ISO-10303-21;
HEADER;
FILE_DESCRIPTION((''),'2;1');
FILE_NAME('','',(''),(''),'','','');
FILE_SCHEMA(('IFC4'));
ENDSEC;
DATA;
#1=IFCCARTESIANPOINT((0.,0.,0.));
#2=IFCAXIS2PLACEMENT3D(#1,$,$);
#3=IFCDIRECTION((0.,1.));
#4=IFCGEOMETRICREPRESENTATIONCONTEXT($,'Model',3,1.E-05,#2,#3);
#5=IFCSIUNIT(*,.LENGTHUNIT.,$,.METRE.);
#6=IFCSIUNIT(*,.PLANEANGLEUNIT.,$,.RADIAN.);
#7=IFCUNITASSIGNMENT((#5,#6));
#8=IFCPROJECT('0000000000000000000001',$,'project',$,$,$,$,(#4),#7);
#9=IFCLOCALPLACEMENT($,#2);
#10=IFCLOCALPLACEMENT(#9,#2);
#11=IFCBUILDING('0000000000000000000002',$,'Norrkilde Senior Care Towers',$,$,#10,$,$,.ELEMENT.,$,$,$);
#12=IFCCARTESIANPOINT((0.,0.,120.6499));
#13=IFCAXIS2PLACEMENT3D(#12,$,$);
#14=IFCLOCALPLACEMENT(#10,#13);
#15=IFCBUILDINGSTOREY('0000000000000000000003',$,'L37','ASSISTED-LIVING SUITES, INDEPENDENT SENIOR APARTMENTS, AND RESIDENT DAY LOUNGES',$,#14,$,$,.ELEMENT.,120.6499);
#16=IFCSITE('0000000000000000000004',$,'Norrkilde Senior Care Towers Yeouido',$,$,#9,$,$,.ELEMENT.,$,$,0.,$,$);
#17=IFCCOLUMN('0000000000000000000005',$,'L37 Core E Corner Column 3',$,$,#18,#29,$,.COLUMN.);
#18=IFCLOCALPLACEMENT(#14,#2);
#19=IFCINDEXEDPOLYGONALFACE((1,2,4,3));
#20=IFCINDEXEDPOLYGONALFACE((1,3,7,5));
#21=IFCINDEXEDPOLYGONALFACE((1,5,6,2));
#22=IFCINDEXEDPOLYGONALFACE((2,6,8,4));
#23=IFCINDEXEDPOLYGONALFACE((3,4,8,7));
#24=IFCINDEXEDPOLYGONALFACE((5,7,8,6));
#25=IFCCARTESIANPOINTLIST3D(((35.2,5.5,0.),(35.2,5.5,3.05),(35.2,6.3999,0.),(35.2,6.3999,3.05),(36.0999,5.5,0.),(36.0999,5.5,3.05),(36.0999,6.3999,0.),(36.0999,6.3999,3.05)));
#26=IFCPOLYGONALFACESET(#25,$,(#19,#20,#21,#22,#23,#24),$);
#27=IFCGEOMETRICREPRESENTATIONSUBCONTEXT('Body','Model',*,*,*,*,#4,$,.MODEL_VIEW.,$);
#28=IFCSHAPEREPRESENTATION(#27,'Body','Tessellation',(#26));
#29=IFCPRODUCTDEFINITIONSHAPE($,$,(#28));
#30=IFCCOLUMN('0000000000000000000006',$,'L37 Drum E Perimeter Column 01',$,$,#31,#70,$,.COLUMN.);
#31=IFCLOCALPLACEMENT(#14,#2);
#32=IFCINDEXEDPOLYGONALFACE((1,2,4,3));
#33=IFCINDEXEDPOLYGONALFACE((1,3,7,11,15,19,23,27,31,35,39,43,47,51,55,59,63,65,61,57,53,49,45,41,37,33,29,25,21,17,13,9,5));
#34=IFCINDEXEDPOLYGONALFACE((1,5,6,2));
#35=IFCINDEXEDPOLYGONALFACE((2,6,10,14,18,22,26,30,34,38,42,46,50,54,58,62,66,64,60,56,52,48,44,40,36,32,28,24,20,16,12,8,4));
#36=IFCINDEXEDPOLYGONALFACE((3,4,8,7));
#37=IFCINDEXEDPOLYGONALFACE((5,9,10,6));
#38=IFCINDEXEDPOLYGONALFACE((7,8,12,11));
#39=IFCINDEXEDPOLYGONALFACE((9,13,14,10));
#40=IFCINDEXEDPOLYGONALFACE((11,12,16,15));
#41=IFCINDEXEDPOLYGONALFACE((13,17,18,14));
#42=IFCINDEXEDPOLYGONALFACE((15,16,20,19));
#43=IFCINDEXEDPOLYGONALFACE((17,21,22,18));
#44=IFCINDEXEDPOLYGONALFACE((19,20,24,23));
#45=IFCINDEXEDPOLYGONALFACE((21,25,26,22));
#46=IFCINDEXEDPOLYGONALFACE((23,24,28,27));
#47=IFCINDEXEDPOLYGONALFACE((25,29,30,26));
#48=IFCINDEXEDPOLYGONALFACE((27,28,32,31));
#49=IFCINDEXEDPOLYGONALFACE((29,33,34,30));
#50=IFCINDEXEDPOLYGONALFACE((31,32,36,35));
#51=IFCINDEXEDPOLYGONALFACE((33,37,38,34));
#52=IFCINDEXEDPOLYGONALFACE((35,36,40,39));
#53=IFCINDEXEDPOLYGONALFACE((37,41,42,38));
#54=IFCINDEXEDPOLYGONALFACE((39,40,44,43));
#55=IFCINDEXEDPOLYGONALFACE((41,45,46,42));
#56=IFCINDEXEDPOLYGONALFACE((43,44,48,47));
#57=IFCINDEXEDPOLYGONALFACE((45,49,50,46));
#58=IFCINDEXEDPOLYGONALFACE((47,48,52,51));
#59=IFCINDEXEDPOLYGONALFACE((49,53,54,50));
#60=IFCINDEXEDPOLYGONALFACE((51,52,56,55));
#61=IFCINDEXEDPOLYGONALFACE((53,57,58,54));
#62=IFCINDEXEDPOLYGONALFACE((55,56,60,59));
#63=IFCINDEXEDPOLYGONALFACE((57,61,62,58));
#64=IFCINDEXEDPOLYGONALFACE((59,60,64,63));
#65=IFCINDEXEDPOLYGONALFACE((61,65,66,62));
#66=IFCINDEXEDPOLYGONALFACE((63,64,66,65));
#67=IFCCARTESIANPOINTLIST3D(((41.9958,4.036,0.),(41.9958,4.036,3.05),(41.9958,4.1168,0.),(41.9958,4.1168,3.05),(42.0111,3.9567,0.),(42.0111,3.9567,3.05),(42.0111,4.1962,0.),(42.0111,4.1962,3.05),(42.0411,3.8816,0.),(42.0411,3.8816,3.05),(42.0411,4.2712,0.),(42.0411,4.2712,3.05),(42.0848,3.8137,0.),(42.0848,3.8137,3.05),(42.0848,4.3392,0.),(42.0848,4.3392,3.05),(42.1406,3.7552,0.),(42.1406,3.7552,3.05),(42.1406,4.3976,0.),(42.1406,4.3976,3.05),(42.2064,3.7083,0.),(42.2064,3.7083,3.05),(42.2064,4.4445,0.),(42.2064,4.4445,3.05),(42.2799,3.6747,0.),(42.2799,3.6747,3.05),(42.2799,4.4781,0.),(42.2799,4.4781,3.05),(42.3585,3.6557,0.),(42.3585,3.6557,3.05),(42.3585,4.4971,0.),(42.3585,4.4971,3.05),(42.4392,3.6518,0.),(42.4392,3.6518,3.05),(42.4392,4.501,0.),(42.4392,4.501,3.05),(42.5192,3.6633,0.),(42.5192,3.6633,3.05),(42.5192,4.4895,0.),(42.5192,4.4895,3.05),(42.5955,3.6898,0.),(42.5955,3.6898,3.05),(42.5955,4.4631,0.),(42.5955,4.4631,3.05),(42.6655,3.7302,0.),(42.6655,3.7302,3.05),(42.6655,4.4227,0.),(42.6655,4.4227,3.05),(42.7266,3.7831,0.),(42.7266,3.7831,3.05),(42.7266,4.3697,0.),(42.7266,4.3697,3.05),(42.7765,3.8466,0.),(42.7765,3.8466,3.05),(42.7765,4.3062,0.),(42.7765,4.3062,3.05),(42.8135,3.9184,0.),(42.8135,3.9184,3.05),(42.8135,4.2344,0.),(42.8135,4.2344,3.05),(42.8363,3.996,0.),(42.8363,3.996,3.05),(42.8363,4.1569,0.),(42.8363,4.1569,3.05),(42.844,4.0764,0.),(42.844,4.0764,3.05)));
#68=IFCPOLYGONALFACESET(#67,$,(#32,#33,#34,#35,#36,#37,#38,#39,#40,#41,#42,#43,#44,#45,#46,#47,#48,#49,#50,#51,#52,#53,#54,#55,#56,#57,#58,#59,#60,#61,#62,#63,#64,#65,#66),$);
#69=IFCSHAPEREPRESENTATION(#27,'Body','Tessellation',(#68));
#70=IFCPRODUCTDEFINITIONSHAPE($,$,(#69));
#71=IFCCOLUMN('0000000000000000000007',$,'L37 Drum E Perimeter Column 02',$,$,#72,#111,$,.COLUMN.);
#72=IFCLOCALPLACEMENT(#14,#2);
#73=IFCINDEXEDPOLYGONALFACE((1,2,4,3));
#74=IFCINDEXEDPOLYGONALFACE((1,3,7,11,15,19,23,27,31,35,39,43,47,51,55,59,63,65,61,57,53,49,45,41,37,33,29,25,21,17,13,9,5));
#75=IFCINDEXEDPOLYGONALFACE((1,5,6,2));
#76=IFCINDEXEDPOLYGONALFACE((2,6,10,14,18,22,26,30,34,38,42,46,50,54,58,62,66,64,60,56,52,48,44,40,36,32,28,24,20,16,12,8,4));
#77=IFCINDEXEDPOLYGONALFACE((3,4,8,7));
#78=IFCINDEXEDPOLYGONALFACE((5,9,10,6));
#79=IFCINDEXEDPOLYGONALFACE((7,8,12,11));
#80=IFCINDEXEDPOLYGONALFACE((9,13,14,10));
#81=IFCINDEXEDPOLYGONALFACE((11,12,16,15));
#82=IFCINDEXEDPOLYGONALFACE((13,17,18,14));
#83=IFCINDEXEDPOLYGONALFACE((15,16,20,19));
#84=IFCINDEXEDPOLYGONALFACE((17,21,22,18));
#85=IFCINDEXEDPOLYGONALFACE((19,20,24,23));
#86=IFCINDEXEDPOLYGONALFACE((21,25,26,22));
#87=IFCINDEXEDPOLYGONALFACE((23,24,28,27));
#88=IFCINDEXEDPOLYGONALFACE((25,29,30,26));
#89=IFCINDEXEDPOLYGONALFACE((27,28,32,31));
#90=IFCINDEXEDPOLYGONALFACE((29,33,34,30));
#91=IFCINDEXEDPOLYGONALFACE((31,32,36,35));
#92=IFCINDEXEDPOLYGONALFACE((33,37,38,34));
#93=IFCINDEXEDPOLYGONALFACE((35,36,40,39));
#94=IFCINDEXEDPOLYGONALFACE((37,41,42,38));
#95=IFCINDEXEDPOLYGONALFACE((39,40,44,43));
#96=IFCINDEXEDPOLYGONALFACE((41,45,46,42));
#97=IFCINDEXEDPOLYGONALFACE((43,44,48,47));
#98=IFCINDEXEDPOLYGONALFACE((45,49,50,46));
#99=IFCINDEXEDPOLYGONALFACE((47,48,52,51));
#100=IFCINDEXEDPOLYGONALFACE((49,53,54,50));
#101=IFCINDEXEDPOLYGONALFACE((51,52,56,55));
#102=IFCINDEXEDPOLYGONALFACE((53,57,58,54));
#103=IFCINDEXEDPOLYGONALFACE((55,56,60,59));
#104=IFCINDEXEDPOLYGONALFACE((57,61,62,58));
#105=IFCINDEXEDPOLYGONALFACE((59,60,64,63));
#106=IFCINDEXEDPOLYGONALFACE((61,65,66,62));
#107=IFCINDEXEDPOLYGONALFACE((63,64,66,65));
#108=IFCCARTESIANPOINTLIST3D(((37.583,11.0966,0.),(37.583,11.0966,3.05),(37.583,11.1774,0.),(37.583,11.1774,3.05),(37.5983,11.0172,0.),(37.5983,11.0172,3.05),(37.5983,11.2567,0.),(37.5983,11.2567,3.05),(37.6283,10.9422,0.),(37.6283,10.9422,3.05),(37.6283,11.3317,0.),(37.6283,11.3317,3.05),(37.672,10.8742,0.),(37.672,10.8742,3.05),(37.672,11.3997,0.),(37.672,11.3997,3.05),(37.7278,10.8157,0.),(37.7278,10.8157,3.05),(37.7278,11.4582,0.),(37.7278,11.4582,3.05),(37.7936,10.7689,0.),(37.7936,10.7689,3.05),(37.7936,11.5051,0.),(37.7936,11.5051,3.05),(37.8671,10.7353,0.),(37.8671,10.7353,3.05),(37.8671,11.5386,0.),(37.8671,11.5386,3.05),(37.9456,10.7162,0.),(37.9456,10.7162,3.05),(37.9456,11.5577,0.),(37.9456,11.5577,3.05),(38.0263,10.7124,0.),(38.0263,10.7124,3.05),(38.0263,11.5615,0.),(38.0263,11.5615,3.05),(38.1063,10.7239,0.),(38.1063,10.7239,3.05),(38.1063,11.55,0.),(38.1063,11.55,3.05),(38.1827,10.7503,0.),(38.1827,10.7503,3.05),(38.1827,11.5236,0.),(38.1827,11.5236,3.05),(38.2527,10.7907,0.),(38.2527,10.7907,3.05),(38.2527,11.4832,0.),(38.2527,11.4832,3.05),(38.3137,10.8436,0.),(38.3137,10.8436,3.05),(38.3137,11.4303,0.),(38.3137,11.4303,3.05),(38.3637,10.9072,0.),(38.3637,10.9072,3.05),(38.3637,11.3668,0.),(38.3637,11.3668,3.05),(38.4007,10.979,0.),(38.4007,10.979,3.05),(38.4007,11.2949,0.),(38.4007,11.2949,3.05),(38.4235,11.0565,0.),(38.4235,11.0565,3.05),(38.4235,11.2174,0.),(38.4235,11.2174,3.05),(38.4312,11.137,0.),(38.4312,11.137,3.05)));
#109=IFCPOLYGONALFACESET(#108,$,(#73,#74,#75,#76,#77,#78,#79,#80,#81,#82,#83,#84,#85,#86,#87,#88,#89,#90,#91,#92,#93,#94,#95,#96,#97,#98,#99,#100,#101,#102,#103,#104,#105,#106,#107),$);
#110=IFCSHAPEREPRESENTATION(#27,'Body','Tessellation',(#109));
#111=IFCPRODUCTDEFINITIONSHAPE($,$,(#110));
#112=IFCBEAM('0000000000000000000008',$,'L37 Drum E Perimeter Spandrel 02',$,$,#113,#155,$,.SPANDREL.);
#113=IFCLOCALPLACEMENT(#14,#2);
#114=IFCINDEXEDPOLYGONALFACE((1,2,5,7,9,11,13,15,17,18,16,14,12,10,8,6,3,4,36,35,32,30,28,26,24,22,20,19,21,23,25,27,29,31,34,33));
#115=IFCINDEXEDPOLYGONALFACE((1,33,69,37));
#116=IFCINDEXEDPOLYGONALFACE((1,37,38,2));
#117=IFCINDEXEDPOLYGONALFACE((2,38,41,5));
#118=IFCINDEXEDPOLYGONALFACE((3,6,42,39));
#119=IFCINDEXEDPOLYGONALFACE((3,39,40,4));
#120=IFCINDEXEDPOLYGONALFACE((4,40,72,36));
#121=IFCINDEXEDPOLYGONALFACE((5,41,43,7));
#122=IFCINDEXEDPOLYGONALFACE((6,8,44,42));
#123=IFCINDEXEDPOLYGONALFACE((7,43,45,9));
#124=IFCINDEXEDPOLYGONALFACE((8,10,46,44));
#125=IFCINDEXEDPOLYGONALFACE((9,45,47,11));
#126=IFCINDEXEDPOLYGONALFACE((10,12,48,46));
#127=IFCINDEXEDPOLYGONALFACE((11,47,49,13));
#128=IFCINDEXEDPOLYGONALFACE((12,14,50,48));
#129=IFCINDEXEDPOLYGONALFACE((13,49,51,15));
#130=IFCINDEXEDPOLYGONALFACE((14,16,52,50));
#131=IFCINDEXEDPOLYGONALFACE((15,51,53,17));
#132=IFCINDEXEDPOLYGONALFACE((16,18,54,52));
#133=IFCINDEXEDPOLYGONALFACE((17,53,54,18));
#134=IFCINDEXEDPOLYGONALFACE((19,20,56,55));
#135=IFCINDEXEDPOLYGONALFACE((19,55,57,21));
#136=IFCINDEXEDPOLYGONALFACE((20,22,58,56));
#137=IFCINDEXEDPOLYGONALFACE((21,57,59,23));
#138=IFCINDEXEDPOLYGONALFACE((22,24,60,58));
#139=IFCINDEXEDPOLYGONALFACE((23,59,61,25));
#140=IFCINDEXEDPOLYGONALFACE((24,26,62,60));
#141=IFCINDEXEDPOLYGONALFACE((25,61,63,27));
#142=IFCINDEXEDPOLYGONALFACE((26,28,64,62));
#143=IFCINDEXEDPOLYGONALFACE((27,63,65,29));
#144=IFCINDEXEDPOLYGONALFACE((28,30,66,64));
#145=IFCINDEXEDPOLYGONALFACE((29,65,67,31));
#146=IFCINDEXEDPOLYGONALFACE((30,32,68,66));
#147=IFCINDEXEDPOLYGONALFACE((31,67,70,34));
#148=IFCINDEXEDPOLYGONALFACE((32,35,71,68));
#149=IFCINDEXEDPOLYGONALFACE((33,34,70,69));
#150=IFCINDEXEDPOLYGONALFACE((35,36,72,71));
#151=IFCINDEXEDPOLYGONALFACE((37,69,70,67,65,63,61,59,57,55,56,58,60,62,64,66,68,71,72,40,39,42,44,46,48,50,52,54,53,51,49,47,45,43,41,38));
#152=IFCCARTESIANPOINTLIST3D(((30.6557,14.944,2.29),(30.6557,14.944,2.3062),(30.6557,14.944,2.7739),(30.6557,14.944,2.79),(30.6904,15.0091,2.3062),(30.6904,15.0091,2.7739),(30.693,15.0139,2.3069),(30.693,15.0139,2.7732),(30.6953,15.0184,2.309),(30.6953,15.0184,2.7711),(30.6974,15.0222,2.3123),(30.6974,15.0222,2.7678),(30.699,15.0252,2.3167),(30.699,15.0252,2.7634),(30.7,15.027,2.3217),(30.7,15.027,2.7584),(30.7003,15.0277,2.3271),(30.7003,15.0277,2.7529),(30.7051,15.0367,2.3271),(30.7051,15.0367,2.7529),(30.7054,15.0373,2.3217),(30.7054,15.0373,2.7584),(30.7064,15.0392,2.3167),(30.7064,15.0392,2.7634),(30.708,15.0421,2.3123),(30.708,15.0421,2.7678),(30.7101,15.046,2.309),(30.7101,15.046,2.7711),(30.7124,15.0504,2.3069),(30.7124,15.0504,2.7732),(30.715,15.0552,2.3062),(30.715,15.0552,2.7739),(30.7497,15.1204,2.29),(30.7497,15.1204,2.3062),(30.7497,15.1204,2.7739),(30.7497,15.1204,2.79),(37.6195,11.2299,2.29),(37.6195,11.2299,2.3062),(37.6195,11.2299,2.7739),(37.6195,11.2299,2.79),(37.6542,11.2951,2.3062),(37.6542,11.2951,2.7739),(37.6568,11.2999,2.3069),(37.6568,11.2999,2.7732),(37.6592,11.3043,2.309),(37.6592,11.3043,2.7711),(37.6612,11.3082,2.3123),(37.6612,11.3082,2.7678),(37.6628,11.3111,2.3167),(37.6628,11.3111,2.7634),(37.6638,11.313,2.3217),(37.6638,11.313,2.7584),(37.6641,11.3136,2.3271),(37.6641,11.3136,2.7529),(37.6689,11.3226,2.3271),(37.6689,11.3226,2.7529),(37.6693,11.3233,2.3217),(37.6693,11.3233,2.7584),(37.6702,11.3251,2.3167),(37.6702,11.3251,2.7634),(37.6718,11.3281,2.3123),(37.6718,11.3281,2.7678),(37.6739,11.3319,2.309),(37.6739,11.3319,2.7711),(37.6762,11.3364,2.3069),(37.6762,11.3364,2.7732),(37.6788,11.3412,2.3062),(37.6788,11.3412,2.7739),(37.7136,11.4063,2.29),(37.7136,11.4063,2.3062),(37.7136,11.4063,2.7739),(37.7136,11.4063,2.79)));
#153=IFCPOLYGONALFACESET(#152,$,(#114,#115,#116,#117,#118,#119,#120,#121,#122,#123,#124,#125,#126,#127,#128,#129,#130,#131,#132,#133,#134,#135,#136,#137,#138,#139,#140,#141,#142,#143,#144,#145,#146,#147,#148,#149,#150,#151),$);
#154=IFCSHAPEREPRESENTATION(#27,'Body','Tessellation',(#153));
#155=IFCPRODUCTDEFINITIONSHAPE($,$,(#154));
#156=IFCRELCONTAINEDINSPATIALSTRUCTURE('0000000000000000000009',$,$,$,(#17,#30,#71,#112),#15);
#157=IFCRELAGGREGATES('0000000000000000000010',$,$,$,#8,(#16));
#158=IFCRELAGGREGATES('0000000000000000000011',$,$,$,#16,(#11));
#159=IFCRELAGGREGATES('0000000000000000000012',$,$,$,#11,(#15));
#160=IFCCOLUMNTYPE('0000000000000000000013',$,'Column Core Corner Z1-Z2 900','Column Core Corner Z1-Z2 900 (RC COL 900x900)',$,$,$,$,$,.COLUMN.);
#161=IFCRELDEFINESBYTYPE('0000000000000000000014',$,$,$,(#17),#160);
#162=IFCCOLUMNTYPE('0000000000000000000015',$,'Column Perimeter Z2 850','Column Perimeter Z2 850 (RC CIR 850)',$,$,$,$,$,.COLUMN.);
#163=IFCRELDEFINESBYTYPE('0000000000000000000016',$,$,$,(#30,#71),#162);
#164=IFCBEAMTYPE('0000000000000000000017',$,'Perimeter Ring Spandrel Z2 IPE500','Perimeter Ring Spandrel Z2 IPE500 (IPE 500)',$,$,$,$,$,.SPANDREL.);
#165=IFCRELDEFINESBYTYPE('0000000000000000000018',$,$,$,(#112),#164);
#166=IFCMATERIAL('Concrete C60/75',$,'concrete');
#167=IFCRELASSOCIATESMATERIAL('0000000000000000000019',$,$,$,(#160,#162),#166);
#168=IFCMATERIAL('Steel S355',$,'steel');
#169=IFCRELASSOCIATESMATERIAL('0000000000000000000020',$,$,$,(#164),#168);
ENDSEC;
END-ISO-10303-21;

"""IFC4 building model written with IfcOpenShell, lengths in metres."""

from ifc_helpers import new_model, si_unit, direction, frame, origin, origin_2d, place, context, subcontext, project, spatial, rectangle, circle, i_section, extrude, source, transform, mapped, material, material_profile, profile_set, type_object, type_shapes, element, save


model = new_model("IFC4")

# Units and contexts
model_context = context("Model", 3, precision=1e-05, world=origin(), true_north=direction((0.0, 1.0)))
body_context = subcontext(model_context, "Body", "Model", "MODEL_VIEW")
ifc_project = project(units=[si_unit("LENGTHUNIT", "METRE"), si_unit("PLANEANGLEUNIT", "RADIAN")], contexts=[model_context])

# Site, building, storey
site_placement = place(None, origin())
site = spatial("IfcSite", under=ifc_project, at=site_placement, Name="Norrkilde Senior Care Towers Yeouido", CompositionType="ELEMENT", RefElevation=0.0)
building_placement = place(site_placement, origin())
building = spatial("IfcBuilding", under=site, at=building_placement, Name="Norrkilde Senior Care Towers", CompositionType="ELEMENT")
storey_placement = place(building_placement, frame((0.0, 0.0, 120.6499)))
storey = spatial("IfcBuildingStorey", under=building, at=storey_placement, Name="L37", Description="ASSISTED-LIVING SUITES, INDEPENDENT SENIOR APARTMENTS, AND RESIDENT DAY LOUNGES", CompositionType="ELEMENT", Elevation=120.6499)

# Columns
ifc_material_1 = material(Name="Concrete C60/75", Category="concrete")
ifc_material_profile_1 = material_profile(ifc_material_1, rectangle(XDim=0.8999, YDim=0.8999, at=origin_2d()), Name="RC COL 900x900")
ifc_profile_set_1 = profile_set([ifc_material_profile_1], Name="Concrete C60/75")
column_type_1 = type_object("IfcColumnType", Name="Column Core Corner Z1-Z2 900", Description="Column Core Corner Z1-Z2 900 (RC COL 900x900)", PredefinedType="COLUMN", material=ifc_profile_set_1)
shared_shape_1 = source(origin(), body_context, "Body", "SweptSolid", [
    extrude(rectangle(XDim=0.8999, YDim=0.8999, at=origin_2d()), origin(), (0.0, 0.0, 1.0), 3.05),
])
type_shapes(column_type_1, [shared_shape_1])
column_placement = place(storey_placement, frame((35.6499, 5.95, 0.0), z_axis=(0.0, 0.0, 1.0), x_axis=(1.0, 0.0, 0.0)))
element("IfcColumn", 1, at=column_placement, inside=storey, type_object=column_type_1, Name="L37 Core E Corner Column 3", PredefinedType="COLUMN", context=body_context, shape_type="MappedRepresentation", body=[
    mapped(shared_shape_1, transform((0.0, 0.0, 0.0), x_axis=(1.0, 0.0, 0.0), y_axis=(0.0, 1.0, 0.0), z_axis=(0.0, 0.0, 1.0), scale=1.0)),
])
ifc_material_profile_2 = material_profile(ifc_material_1, circle(Radius=0.425, at=origin_2d()), Name="RC CIR 850")
ifc_profile_set_2 = profile_set([ifc_material_profile_2], Name="Concrete C60/75")
column_type_2 = type_object("IfcColumnType", Name="Column Perimeter Z2 850", Description="Column Perimeter Z2 850 (RC CIR 850)", PredefinedType="COLUMN", material=ifc_profile_set_2)
shared_shape_2 = source(origin(), body_context, "Body", "SweptSolid", [
    extrude(circle(Radius=0.425, at=origin_2d()), origin(), (0.0, 0.0, 1.0), 3.05),
])
type_shapes(column_type_2, [shared_shape_2])
for number, where, z_axis, x_axis, name in (
    (2, (42.4189, 4.0764, 0.0), (0.0, 0.0, 1.0), (1.0, 0.0, 0.0), "L37 Drum E Perimeter Column 01"),
    (3, (38.0061, 11.137, 0.0), (0.0, 0.0, 1.0), (1.0, 0.0, 0.0), "L37 Drum E Perimeter Column 02"),
):
    element("IfcColumn", number, at=place(storey_placement, frame(where, z_axis=z_axis, x_axis=x_axis)), inside=storey, type_object=column_type_2, Name=name, PredefinedType="COLUMN", context=body_context, shape_type="MappedRepresentation", body=[
        mapped(shared_shape_2, transform((0.0, 0.0, 0.0), x_axis=(1.0, 0.0, 0.0), y_axis=(0.0, 1.0, 0.0), z_axis=(0.0, 0.0, 1.0), scale=1.0)),
    ])

# Beam
ifc_material_2 = material(Name="Steel S355", Category="steel")
ifc_material_profile_3 = material_profile(ifc_material_2, i_section(OverallWidth=0.2, OverallDepth=0.5, WebThickness=0.0103, FlangeThickness=0.0161, FilletRadius=0.021, at=origin_2d()), Name="IPE 500")
ifc_profile_set_3 = profile_set([ifc_material_profile_3], Name="Steel S355")
beam_type_1 = type_object("IfcBeamType", Name="Perimeter Ring Spandrel Z2 IPE500", Description="Perimeter Ring Spandrel Z2 IPE500 (IPE 500)", PredefinedType="SPANDREL", material=ifc_profile_set_3)
shared_shape_3 = source(origin(), body_context, "Body", "SweptSolid", [
    extrude(i_section(OverallWidth=0.2, OverallDepth=0.5, WebThickness=0.0103, FlangeThickness=0.0161, FilletRadius=0.021, at=origin_2d()), origin(), (0.0, 0.0, 1.0), 7.8923),
])
beam_1_placement = place(storey_placement, frame((37.6665, 11.3181, 2.54), z_axis=(-0.88235, 0.470593, 0.0), x_axis=(-0.470593, -0.88235, 0.0)))
element("IfcBeam", 4, at=beam_1_placement, inside=storey, type_object=beam_type_1, Name="L37 Drum E Perimeter Spandrel 02", PredefinedType="SPANDREL", context=body_context, shape_type="MappedRepresentation", body=[
    mapped(shared_shape_3, transform((0.0, 0.0, 0.0), x_axis=(1.0, 0.0, 0.0), y_axis=(0.0, 1.0, 0.0), z_axis=(0.0, 0.0, 1.0), scale=1.0)),
])

save(model, "model.ifc")
